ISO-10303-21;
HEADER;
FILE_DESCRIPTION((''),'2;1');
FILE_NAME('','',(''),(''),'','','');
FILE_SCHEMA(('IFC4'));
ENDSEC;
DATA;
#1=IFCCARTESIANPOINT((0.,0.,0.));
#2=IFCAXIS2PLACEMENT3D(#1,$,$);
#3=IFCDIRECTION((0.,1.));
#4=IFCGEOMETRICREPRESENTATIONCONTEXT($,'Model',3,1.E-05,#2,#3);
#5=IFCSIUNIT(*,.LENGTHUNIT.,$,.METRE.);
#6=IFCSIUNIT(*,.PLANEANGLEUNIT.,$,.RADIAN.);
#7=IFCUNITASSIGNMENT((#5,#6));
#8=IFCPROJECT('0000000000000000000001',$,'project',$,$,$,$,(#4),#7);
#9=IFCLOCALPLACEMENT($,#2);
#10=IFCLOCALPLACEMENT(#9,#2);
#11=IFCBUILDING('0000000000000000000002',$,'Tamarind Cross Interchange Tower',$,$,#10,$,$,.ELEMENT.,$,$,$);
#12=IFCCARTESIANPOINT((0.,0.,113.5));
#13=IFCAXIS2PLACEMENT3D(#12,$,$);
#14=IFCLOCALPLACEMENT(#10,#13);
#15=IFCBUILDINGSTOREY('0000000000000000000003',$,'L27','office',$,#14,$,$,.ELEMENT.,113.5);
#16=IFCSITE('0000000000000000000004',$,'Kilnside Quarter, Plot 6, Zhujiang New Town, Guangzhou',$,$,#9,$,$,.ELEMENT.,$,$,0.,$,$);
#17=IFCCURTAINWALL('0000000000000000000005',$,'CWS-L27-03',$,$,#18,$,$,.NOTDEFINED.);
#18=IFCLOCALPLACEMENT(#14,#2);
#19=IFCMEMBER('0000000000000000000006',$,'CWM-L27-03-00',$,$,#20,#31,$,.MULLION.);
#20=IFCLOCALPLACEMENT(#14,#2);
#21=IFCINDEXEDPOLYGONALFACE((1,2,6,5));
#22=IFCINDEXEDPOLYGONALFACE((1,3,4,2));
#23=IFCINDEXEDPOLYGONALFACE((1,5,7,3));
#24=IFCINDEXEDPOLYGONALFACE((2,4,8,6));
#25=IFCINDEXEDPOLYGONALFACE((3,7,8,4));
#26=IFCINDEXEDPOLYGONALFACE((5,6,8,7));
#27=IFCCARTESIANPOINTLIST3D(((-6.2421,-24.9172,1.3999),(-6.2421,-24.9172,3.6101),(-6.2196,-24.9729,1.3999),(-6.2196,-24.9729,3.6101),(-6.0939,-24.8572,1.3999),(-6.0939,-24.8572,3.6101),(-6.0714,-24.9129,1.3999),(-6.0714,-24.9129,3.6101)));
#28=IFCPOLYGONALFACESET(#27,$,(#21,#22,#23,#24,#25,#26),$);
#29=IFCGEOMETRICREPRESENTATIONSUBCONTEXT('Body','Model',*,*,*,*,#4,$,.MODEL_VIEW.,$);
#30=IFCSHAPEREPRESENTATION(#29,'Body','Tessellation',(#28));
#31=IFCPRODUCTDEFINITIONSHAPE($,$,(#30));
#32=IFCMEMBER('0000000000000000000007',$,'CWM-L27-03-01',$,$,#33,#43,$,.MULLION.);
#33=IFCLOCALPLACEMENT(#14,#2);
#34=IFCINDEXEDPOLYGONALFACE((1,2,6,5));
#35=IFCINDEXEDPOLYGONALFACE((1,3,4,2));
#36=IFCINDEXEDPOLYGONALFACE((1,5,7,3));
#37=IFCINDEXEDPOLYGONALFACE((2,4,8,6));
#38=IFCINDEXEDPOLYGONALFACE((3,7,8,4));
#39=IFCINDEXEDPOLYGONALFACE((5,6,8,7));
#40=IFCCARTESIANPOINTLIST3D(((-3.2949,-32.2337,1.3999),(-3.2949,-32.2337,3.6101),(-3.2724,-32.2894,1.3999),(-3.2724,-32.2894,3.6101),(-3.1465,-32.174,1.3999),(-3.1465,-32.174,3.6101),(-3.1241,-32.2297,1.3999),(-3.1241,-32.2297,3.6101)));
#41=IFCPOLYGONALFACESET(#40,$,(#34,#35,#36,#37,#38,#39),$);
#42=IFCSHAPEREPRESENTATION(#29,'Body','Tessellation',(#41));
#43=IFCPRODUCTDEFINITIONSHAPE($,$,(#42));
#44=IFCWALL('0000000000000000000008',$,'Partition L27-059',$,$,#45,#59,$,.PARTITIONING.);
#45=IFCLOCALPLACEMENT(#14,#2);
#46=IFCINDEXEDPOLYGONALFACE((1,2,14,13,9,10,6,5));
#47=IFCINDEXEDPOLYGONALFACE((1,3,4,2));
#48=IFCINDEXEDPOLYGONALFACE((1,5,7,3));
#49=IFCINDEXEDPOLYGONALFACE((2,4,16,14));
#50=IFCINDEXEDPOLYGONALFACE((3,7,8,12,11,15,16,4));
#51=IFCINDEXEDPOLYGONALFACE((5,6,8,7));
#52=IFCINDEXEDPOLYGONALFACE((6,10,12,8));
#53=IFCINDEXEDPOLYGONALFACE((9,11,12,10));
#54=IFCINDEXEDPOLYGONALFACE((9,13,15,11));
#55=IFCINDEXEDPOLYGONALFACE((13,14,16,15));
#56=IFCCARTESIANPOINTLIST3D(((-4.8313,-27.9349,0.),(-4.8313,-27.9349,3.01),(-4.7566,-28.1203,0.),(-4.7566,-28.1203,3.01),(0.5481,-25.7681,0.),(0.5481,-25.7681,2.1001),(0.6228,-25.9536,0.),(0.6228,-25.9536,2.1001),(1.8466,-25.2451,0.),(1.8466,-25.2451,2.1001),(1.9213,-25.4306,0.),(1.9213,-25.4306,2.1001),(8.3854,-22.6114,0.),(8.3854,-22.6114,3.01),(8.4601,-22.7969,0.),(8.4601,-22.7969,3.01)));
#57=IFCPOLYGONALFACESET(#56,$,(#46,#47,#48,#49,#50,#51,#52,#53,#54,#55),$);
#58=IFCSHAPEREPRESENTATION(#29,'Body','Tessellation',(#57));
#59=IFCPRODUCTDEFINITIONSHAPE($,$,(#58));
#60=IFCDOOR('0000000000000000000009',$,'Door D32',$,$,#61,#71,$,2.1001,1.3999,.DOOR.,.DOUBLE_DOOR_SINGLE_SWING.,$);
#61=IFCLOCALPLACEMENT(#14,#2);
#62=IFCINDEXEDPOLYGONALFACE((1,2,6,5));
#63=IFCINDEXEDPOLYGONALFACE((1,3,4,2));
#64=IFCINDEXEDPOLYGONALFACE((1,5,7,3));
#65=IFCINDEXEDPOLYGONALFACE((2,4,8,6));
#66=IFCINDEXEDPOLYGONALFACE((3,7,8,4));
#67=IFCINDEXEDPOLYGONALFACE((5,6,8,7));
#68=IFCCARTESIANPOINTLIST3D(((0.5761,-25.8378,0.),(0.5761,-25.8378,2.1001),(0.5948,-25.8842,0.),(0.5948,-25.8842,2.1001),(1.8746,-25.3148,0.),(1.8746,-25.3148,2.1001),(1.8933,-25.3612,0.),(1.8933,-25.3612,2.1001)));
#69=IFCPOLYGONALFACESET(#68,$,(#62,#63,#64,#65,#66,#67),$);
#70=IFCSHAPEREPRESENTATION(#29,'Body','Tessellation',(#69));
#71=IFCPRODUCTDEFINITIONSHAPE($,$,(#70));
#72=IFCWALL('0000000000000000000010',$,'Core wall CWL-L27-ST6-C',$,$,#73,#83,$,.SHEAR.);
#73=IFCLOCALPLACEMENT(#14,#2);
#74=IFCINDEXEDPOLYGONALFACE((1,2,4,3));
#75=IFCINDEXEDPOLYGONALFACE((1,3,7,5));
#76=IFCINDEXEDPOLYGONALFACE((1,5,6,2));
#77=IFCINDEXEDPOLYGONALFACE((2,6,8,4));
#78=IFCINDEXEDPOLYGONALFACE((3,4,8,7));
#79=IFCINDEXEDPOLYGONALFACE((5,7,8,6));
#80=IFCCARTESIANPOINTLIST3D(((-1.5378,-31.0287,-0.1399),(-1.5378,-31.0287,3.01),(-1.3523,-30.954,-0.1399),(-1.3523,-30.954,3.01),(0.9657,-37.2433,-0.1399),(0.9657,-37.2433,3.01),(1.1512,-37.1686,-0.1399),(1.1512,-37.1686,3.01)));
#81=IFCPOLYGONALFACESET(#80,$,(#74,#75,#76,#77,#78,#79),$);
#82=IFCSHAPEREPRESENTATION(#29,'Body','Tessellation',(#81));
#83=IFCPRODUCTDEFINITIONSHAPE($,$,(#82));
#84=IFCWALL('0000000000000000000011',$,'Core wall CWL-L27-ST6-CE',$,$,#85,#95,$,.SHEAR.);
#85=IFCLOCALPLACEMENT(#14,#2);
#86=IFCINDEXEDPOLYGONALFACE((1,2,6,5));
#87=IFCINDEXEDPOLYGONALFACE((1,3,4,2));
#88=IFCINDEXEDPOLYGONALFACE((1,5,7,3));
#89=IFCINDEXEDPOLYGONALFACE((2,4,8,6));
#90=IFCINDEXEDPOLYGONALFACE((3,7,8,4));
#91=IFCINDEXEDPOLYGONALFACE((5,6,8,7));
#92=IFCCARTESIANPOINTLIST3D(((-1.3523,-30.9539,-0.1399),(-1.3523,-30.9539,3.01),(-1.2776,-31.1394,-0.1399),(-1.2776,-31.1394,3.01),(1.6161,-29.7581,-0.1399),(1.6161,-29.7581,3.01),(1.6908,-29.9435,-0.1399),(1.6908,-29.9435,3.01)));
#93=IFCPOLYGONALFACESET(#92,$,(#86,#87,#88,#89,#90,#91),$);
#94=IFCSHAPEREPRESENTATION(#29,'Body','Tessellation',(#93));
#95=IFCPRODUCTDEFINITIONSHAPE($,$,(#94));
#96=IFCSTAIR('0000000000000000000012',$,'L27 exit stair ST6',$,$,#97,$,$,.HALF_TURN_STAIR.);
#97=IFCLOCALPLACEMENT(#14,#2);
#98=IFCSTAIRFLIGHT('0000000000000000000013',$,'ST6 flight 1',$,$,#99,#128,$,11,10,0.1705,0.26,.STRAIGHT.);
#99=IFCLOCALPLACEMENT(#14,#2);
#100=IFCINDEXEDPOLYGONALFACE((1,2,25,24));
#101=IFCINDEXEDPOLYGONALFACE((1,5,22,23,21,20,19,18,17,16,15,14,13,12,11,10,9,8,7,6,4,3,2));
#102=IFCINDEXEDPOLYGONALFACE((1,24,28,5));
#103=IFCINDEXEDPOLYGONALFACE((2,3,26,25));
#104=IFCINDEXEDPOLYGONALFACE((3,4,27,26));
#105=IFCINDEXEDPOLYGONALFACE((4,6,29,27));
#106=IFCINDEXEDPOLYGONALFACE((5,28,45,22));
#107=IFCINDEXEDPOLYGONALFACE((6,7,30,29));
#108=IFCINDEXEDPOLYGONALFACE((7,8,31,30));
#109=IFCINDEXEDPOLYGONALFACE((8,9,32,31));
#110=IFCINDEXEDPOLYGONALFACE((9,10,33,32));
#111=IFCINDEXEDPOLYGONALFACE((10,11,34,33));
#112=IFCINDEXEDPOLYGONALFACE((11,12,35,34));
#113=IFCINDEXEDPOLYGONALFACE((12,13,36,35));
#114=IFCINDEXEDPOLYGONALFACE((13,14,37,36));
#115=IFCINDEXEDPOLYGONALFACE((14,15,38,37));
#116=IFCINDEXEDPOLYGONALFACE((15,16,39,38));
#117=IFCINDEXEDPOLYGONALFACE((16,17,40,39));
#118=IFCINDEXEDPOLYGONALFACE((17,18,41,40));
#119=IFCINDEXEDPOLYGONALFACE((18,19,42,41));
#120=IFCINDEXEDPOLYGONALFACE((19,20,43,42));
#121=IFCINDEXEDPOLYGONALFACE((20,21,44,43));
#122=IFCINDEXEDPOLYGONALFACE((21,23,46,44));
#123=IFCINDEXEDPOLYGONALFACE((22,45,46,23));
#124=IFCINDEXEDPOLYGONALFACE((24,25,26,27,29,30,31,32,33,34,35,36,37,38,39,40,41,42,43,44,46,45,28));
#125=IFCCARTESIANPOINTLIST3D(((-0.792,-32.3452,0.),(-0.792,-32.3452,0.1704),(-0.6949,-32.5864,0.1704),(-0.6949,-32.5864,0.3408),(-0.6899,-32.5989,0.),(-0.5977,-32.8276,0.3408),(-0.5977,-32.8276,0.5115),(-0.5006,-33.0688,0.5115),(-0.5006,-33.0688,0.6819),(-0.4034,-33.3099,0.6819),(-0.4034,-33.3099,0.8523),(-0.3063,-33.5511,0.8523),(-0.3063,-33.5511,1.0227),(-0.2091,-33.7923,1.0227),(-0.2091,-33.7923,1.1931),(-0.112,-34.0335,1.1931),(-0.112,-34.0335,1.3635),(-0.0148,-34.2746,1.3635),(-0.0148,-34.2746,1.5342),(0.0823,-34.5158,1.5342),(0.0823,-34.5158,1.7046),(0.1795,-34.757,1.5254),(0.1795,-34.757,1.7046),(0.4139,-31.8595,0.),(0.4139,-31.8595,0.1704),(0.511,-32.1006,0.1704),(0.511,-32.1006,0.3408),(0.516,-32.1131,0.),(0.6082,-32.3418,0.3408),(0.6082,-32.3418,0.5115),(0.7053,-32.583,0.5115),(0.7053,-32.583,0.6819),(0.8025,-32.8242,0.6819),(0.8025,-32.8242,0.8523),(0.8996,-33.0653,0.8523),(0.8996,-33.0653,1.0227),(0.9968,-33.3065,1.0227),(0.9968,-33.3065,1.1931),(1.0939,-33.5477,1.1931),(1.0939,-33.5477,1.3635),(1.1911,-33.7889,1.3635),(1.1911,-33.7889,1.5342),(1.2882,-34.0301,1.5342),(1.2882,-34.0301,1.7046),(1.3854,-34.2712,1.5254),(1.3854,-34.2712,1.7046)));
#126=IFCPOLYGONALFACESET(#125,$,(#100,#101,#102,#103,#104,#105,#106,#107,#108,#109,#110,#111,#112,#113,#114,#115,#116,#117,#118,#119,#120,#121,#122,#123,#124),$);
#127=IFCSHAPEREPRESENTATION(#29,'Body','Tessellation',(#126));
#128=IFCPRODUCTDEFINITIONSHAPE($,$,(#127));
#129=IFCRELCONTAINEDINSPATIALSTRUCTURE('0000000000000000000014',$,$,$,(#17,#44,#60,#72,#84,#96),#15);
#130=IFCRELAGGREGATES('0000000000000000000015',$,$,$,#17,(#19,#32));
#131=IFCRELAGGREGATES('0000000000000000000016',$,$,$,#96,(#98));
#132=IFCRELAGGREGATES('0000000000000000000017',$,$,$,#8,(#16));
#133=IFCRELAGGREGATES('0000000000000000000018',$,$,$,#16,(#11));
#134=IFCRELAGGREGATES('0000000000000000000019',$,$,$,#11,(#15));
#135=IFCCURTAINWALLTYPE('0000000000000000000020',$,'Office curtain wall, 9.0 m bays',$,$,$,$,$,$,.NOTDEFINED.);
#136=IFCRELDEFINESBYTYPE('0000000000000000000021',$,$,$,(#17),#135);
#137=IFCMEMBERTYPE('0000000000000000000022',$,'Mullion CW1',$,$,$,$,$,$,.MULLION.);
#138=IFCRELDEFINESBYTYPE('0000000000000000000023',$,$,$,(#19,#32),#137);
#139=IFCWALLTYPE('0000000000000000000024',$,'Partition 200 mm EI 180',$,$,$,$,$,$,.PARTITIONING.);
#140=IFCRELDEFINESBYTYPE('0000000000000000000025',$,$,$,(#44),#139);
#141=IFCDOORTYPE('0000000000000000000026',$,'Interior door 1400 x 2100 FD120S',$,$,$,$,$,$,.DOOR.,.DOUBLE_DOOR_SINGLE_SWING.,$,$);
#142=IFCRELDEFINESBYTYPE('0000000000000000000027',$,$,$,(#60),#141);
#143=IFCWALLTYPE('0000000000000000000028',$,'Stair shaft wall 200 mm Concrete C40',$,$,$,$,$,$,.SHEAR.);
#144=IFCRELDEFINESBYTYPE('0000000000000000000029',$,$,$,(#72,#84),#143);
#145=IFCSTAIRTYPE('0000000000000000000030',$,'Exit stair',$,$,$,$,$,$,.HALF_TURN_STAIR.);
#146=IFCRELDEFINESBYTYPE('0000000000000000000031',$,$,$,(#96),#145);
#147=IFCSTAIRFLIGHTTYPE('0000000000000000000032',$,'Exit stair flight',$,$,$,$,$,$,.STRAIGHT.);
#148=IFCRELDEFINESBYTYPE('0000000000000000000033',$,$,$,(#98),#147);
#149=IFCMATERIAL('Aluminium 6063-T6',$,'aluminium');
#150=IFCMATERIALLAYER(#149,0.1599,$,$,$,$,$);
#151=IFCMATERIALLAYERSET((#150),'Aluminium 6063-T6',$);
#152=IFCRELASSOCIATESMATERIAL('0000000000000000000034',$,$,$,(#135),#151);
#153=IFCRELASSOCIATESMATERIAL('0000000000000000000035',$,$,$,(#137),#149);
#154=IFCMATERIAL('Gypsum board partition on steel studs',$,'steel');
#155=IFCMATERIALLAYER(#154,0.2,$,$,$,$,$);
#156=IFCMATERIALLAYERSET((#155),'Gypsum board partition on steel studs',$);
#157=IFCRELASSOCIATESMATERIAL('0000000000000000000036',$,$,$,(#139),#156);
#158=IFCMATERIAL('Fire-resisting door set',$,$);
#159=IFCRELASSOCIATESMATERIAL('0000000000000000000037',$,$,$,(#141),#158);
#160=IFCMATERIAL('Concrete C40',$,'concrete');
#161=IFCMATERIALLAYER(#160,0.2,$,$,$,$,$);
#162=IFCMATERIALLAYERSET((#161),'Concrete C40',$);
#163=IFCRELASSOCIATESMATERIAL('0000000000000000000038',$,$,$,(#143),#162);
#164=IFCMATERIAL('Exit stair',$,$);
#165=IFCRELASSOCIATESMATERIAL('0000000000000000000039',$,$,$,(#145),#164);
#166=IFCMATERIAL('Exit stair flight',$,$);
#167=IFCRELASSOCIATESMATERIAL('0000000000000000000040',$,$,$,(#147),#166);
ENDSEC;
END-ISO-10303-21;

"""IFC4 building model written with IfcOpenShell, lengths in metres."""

from ifc_helpers import new_model, si_unit, direction, frame, frame_2d, origin, origin_2d, place, context, subcontext, project, spatial, polyline, rectangle, outline, extrude, material, layer, layer_set, material_profile, profile_set, type_object, element, fill, aggregate, save


model = new_model("IFC4")

# Units and contexts
model_context = context("Model", 3, precision=1e-05, world=origin(), true_north=direction((0.0, 1.0)))
body_context = subcontext(model_context, "Body", "Model", "MODEL_VIEW")
ifc_project = project(units=[si_unit("LENGTHUNIT", "METRE"), si_unit("PLANEANGLEUNIT", "RADIAN")], contexts=[model_context])

# Site, building, storey
site_placement = place(None, origin())
site = spatial("IfcSite", under=ifc_project, at=site_placement, Name="Kilnside Quarter, Plot 6, Zhujiang New Town, Guangzhou", CompositionType="ELEMENT", RefElevation=0.0)
building_placement = place(site_placement, origin())
building = spatial("IfcBuilding", under=site, at=building_placement, Name="Tamarind Cross Interchange Tower", CompositionType="ELEMENT")
storey_placement = place(building_placement, frame((0.0, 0.0, 113.5)))
storey = spatial("IfcBuildingStorey", under=building, at=storey_placement, Name="L27", Description="office", CompositionType="ELEMENT", Elevation=113.5)

# Curtain wall, members
ifc_material_1 = material(Name="Aluminium 6063-T6", Category="aluminium")
ifc_layer_1 = layer(ifc_material_1, 0.1599)
ifc_layer_set_1 = layer_set([ifc_layer_1], Name="Aluminium 6063-T6")
curtain_wall_type = type_object("IfcCurtainWallType", Name="Office curtain wall, 9.0 m bays", PredefinedType="NOTDEFINED", material=ifc_layer_set_1)
curtain_wall_placement = place(storey_placement, origin())
curtain_wall = element("IfcCurtainWall", 1, at=curtain_wall_placement, inside=storey, type_object=curtain_wall_type, Name="CWS-L27-03", PredefinedType="NOTDEFINED")
ifc_material_profile_1 = material_profile(ifc_material_1, rectangle(XDim=0.0601, YDim=0.1599, at=origin_2d()), Name="Mullion CW1")
ifc_profile_set_1 = profile_set([ifc_material_profile_1], Name="Aluminium 6063-T6")
member_type = type_object("IfcMemberType", Name="Mullion CW1", PredefinedType="MULLION", material=ifc_profile_set_1)
member_1_placement = place(storey_placement, frame((-6.1567, -24.915, 1.3999), z_axis=(0.0, 0.0, 1.0), x_axis=(0.375059, -0.927001, 0.0)))
member_1 = element("IfcMember", 2, at=member_1_placement, type_object=member_type, Name="CWM-L27-03-00", PredefinedType="MULLION", context=body_context, shape_type="SweptSolid", body=[
    extrude(rectangle(XDim=0.0601, YDim=0.1599, at=origin_2d()), origin(), (0.0, 0.0, 1.0), 2.2102),
])
member_2_placement = place(storey_placement, frame((-3.2095, -32.2317, 1.3999), z_axis=(0.0, 0.0, 1.0), x_axis=(0.373648, -0.92757, 0.0)))
member_2 = element("IfcMember", 3, at=member_2_placement, type_object=member_type, Name="CWM-L27-03-01", PredefinedType="MULLION", context=body_context, shape_type="SweptSolid", body=[
    extrude(rectangle(XDim=0.0601, YDim=0.1599, at=origin_2d()), origin(), (0.0, 0.0, 1.0), 2.2102),
])
aggregate(curtain_wall, [member_1, member_2])

# Wall, opening, door
ifc_material_2 = material(Name="Gypsum board partition on steel studs", Category="steel")
ifc_layer_2 = layer(ifc_material_2, 0.2)
ifc_layer_set_2 = layer_set([ifc_layer_2], Name="Gypsum board partition on steel studs")
wall_type_1 = type_object("IfcWallType", Name="Partition 200 mm EI 180", PredefinedType="PARTITIONING", material=ifc_layer_set_2)
wall_1_placement = place(storey_placement, frame((-4.7939, -28.0276, 0.0), z_axis=(0.0, 0.0, 1.0), x_axis=(0.927584, 0.373614, 0.0)))
wall_1 = element("IfcWall", 4, at=wall_1_placement, inside=storey, type_object=wall_type_1, Name="Partition L27-059", PredefinedType="PARTITIONING", context=body_context, shape_type="SweptSolid", body=[
    extrude(rectangle(XDim=14.2485, YDim=0.2, at=frame_2d((7.1243, 0.0))), origin(), (0.0, 0.0, 1.0), 3.01),
])
opening_placement = place(wall_1_placement, frame((5.7993, 0.0, 0.0)))
opening = element("IfcOpeningElement", 5, at=opening_placement, cuts=wall_1, PredefinedType="OPENING", context=body_context, shape_type="SweptSolid", body=[
    extrude(rectangle(XDim=1.3999, YDim=2.1001, at=frame_2d((0.7, 1.05))), frame((0.0, 0.1099, 0.0), z_axis=(0.0, -1.0, 0.0), x_axis=(1.0, 0.0, 0.0)), (0.0, 0.0, 1.0), 0.22),
])
ifc_material_3 = material(Name="Fire-resisting door set")
door_type = type_object("IfcDoorType", Name="Interior door 1400 x 2100 FD120S", OperationType="DOUBLE_DOOR_SINGLE_SWING", PredefinedType="DOOR", material=ifc_material_3)
door_placement = place(opening_placement, origin())
door = element("IfcDoor", 6, at=door_placement, inside=storey, type_object=door_type, Name="Door D32", OperationType="DOUBLE_DOOR_SINGLE_SWING", OverallHeight=2.1001, OverallWidth=1.3999, PredefinedType="DOOR", context=body_context, shape_type="SweptSolid", body=[
    extrude(rectangle(XDim=1.3999, YDim=2.1001, at=frame_2d((0.7, 1.05))), frame((0.0, 0.0249, 0.0), z_axis=(0.0, -1.0, 0.0), x_axis=(1.0, 0.0, 0.0)), (0.0, 0.0, 1.0), 0.05),
])
fill(opening, door)

# Walls
ifc_material_4 = material(Name="Concrete C40", Category="concrete")
ifc_layer_3 = layer(ifc_material_4, 0.2)
ifc_layer_set_3 = layer_set([ifc_layer_3], Name="Concrete C40")
wall_type_2 = type_object("IfcWallType", Name="Stair shaft wall 200 mm Concrete C40", PredefinedType="SHEAR", material=ifc_layer_set_3)
wall_2_placement = place(storey_placement, frame((-1.4451, -30.9912, -0.1399), z_axis=(0.0, 0.0, 1.0), x_axis=(0.373651, -0.927569, 0.0)))
element("IfcWall", 7, at=wall_2_placement, inside=storey, type_object=wall_type_2, Name="Core wall CWL-L27-ST6-C", PredefinedType="SHEAR", context=body_context, shape_type="SweptSolid", body=[
    extrude(rectangle(XDim=6.7, YDim=0.2, at=frame_2d((3.3501, 0.0))), origin(), (0.0, 0.0, 1.0), 3.1499),
])
wall_3_placement = place(storey_placement, frame((-1.3149, -31.0466, -0.1399), z_axis=(0.0, 0.0, 1.0), x_axis=(0.927558, 0.373678, 0.0)))
element("IfcWall", 8, at=wall_3_placement, inside=storey, type_object=wall_type_2, Name="Core wall CWL-L27-ST6-CE", PredefinedType="SHEAR", context=body_context, shape_type="SweptSolid", body=[
    extrude(rectangle(XDim=3.2002, YDim=0.2, at=frame_2d((1.6001, 0.0))), origin(), (0.0, 0.0, 1.0), 3.1499),
])

# Stair, stair flight
ifc_material_5 = material(Name="Exit stair")
stair_type = type_object("IfcStairType", Name="Exit stair", PredefinedType="HALF_TURN_STAIR", material=ifc_material_5)
stair_placement = place(storey_placement, origin())
stair = element("IfcStair", 9, at=stair_placement, inside=storey, type_object=stair_type, Name="L27 exit stair ST6", PredefinedType="HALF_TURN_STAIR")
ifc_material_6 = material(Name="Exit stair flight")
stair_flight_type = type_object("IfcStairFlightType", Name="Exit stair flight", PredefinedType="STRAIGHT", material=ifc_material_6)
stair_flight_placement = place(storey_placement, frame((-0.189, -32.1023, 0.0), z_axis=(0.0, 0.0, 1.0), x_axis=(0.373648, -0.92757, 0.0)))
stair_flight = element("IfcStairFlight", 10, at=stair_flight_placement, type_object=stair_flight_type, Name="ST6 flight 1", NumberOfRisers=11, NumberOfTreads=10, PredefinedType="STRAIGHT", RiserHeight=0.1705, TreadLength=0.26, context=body_context, shape_type="SweptSolid", body=[
    extrude(outline(polyline([(0.0, 0.0), (0.0, 0.1704), (0.26, 0.1704), (0.26, 0.3408), (0.52, 0.3408), (0.52, 0.5115), (0.78, 0.5115), (0.78, 0.6819), (1.04, 0.6819), (1.04, 0.8523), (1.3, 0.8523), (1.3, 1.0227), (1.5601, 1.0227), (1.5601, 1.1931), (1.8201, 1.1931), (1.8201, 1.3635), (2.0801, 1.3635), (2.0801, 1.5342), (2.3401, 1.5342), (2.3401, 1.7046), (2.6001, 1.7046), (2.6001, 1.875), (2.6001, 1.5254), (0.2734, 0.0), (0.0, 0.0)])), frame((0.0, 0.6499, 0.0), z_axis=(0.0, -1.0, 0.0), x_axis=(1.0, 0.0, 0.0)), (0.0, 0.0, 1.0), 1.3),
])
aggregate(stair, [stair_flight])

save(model, "model.ifc")
